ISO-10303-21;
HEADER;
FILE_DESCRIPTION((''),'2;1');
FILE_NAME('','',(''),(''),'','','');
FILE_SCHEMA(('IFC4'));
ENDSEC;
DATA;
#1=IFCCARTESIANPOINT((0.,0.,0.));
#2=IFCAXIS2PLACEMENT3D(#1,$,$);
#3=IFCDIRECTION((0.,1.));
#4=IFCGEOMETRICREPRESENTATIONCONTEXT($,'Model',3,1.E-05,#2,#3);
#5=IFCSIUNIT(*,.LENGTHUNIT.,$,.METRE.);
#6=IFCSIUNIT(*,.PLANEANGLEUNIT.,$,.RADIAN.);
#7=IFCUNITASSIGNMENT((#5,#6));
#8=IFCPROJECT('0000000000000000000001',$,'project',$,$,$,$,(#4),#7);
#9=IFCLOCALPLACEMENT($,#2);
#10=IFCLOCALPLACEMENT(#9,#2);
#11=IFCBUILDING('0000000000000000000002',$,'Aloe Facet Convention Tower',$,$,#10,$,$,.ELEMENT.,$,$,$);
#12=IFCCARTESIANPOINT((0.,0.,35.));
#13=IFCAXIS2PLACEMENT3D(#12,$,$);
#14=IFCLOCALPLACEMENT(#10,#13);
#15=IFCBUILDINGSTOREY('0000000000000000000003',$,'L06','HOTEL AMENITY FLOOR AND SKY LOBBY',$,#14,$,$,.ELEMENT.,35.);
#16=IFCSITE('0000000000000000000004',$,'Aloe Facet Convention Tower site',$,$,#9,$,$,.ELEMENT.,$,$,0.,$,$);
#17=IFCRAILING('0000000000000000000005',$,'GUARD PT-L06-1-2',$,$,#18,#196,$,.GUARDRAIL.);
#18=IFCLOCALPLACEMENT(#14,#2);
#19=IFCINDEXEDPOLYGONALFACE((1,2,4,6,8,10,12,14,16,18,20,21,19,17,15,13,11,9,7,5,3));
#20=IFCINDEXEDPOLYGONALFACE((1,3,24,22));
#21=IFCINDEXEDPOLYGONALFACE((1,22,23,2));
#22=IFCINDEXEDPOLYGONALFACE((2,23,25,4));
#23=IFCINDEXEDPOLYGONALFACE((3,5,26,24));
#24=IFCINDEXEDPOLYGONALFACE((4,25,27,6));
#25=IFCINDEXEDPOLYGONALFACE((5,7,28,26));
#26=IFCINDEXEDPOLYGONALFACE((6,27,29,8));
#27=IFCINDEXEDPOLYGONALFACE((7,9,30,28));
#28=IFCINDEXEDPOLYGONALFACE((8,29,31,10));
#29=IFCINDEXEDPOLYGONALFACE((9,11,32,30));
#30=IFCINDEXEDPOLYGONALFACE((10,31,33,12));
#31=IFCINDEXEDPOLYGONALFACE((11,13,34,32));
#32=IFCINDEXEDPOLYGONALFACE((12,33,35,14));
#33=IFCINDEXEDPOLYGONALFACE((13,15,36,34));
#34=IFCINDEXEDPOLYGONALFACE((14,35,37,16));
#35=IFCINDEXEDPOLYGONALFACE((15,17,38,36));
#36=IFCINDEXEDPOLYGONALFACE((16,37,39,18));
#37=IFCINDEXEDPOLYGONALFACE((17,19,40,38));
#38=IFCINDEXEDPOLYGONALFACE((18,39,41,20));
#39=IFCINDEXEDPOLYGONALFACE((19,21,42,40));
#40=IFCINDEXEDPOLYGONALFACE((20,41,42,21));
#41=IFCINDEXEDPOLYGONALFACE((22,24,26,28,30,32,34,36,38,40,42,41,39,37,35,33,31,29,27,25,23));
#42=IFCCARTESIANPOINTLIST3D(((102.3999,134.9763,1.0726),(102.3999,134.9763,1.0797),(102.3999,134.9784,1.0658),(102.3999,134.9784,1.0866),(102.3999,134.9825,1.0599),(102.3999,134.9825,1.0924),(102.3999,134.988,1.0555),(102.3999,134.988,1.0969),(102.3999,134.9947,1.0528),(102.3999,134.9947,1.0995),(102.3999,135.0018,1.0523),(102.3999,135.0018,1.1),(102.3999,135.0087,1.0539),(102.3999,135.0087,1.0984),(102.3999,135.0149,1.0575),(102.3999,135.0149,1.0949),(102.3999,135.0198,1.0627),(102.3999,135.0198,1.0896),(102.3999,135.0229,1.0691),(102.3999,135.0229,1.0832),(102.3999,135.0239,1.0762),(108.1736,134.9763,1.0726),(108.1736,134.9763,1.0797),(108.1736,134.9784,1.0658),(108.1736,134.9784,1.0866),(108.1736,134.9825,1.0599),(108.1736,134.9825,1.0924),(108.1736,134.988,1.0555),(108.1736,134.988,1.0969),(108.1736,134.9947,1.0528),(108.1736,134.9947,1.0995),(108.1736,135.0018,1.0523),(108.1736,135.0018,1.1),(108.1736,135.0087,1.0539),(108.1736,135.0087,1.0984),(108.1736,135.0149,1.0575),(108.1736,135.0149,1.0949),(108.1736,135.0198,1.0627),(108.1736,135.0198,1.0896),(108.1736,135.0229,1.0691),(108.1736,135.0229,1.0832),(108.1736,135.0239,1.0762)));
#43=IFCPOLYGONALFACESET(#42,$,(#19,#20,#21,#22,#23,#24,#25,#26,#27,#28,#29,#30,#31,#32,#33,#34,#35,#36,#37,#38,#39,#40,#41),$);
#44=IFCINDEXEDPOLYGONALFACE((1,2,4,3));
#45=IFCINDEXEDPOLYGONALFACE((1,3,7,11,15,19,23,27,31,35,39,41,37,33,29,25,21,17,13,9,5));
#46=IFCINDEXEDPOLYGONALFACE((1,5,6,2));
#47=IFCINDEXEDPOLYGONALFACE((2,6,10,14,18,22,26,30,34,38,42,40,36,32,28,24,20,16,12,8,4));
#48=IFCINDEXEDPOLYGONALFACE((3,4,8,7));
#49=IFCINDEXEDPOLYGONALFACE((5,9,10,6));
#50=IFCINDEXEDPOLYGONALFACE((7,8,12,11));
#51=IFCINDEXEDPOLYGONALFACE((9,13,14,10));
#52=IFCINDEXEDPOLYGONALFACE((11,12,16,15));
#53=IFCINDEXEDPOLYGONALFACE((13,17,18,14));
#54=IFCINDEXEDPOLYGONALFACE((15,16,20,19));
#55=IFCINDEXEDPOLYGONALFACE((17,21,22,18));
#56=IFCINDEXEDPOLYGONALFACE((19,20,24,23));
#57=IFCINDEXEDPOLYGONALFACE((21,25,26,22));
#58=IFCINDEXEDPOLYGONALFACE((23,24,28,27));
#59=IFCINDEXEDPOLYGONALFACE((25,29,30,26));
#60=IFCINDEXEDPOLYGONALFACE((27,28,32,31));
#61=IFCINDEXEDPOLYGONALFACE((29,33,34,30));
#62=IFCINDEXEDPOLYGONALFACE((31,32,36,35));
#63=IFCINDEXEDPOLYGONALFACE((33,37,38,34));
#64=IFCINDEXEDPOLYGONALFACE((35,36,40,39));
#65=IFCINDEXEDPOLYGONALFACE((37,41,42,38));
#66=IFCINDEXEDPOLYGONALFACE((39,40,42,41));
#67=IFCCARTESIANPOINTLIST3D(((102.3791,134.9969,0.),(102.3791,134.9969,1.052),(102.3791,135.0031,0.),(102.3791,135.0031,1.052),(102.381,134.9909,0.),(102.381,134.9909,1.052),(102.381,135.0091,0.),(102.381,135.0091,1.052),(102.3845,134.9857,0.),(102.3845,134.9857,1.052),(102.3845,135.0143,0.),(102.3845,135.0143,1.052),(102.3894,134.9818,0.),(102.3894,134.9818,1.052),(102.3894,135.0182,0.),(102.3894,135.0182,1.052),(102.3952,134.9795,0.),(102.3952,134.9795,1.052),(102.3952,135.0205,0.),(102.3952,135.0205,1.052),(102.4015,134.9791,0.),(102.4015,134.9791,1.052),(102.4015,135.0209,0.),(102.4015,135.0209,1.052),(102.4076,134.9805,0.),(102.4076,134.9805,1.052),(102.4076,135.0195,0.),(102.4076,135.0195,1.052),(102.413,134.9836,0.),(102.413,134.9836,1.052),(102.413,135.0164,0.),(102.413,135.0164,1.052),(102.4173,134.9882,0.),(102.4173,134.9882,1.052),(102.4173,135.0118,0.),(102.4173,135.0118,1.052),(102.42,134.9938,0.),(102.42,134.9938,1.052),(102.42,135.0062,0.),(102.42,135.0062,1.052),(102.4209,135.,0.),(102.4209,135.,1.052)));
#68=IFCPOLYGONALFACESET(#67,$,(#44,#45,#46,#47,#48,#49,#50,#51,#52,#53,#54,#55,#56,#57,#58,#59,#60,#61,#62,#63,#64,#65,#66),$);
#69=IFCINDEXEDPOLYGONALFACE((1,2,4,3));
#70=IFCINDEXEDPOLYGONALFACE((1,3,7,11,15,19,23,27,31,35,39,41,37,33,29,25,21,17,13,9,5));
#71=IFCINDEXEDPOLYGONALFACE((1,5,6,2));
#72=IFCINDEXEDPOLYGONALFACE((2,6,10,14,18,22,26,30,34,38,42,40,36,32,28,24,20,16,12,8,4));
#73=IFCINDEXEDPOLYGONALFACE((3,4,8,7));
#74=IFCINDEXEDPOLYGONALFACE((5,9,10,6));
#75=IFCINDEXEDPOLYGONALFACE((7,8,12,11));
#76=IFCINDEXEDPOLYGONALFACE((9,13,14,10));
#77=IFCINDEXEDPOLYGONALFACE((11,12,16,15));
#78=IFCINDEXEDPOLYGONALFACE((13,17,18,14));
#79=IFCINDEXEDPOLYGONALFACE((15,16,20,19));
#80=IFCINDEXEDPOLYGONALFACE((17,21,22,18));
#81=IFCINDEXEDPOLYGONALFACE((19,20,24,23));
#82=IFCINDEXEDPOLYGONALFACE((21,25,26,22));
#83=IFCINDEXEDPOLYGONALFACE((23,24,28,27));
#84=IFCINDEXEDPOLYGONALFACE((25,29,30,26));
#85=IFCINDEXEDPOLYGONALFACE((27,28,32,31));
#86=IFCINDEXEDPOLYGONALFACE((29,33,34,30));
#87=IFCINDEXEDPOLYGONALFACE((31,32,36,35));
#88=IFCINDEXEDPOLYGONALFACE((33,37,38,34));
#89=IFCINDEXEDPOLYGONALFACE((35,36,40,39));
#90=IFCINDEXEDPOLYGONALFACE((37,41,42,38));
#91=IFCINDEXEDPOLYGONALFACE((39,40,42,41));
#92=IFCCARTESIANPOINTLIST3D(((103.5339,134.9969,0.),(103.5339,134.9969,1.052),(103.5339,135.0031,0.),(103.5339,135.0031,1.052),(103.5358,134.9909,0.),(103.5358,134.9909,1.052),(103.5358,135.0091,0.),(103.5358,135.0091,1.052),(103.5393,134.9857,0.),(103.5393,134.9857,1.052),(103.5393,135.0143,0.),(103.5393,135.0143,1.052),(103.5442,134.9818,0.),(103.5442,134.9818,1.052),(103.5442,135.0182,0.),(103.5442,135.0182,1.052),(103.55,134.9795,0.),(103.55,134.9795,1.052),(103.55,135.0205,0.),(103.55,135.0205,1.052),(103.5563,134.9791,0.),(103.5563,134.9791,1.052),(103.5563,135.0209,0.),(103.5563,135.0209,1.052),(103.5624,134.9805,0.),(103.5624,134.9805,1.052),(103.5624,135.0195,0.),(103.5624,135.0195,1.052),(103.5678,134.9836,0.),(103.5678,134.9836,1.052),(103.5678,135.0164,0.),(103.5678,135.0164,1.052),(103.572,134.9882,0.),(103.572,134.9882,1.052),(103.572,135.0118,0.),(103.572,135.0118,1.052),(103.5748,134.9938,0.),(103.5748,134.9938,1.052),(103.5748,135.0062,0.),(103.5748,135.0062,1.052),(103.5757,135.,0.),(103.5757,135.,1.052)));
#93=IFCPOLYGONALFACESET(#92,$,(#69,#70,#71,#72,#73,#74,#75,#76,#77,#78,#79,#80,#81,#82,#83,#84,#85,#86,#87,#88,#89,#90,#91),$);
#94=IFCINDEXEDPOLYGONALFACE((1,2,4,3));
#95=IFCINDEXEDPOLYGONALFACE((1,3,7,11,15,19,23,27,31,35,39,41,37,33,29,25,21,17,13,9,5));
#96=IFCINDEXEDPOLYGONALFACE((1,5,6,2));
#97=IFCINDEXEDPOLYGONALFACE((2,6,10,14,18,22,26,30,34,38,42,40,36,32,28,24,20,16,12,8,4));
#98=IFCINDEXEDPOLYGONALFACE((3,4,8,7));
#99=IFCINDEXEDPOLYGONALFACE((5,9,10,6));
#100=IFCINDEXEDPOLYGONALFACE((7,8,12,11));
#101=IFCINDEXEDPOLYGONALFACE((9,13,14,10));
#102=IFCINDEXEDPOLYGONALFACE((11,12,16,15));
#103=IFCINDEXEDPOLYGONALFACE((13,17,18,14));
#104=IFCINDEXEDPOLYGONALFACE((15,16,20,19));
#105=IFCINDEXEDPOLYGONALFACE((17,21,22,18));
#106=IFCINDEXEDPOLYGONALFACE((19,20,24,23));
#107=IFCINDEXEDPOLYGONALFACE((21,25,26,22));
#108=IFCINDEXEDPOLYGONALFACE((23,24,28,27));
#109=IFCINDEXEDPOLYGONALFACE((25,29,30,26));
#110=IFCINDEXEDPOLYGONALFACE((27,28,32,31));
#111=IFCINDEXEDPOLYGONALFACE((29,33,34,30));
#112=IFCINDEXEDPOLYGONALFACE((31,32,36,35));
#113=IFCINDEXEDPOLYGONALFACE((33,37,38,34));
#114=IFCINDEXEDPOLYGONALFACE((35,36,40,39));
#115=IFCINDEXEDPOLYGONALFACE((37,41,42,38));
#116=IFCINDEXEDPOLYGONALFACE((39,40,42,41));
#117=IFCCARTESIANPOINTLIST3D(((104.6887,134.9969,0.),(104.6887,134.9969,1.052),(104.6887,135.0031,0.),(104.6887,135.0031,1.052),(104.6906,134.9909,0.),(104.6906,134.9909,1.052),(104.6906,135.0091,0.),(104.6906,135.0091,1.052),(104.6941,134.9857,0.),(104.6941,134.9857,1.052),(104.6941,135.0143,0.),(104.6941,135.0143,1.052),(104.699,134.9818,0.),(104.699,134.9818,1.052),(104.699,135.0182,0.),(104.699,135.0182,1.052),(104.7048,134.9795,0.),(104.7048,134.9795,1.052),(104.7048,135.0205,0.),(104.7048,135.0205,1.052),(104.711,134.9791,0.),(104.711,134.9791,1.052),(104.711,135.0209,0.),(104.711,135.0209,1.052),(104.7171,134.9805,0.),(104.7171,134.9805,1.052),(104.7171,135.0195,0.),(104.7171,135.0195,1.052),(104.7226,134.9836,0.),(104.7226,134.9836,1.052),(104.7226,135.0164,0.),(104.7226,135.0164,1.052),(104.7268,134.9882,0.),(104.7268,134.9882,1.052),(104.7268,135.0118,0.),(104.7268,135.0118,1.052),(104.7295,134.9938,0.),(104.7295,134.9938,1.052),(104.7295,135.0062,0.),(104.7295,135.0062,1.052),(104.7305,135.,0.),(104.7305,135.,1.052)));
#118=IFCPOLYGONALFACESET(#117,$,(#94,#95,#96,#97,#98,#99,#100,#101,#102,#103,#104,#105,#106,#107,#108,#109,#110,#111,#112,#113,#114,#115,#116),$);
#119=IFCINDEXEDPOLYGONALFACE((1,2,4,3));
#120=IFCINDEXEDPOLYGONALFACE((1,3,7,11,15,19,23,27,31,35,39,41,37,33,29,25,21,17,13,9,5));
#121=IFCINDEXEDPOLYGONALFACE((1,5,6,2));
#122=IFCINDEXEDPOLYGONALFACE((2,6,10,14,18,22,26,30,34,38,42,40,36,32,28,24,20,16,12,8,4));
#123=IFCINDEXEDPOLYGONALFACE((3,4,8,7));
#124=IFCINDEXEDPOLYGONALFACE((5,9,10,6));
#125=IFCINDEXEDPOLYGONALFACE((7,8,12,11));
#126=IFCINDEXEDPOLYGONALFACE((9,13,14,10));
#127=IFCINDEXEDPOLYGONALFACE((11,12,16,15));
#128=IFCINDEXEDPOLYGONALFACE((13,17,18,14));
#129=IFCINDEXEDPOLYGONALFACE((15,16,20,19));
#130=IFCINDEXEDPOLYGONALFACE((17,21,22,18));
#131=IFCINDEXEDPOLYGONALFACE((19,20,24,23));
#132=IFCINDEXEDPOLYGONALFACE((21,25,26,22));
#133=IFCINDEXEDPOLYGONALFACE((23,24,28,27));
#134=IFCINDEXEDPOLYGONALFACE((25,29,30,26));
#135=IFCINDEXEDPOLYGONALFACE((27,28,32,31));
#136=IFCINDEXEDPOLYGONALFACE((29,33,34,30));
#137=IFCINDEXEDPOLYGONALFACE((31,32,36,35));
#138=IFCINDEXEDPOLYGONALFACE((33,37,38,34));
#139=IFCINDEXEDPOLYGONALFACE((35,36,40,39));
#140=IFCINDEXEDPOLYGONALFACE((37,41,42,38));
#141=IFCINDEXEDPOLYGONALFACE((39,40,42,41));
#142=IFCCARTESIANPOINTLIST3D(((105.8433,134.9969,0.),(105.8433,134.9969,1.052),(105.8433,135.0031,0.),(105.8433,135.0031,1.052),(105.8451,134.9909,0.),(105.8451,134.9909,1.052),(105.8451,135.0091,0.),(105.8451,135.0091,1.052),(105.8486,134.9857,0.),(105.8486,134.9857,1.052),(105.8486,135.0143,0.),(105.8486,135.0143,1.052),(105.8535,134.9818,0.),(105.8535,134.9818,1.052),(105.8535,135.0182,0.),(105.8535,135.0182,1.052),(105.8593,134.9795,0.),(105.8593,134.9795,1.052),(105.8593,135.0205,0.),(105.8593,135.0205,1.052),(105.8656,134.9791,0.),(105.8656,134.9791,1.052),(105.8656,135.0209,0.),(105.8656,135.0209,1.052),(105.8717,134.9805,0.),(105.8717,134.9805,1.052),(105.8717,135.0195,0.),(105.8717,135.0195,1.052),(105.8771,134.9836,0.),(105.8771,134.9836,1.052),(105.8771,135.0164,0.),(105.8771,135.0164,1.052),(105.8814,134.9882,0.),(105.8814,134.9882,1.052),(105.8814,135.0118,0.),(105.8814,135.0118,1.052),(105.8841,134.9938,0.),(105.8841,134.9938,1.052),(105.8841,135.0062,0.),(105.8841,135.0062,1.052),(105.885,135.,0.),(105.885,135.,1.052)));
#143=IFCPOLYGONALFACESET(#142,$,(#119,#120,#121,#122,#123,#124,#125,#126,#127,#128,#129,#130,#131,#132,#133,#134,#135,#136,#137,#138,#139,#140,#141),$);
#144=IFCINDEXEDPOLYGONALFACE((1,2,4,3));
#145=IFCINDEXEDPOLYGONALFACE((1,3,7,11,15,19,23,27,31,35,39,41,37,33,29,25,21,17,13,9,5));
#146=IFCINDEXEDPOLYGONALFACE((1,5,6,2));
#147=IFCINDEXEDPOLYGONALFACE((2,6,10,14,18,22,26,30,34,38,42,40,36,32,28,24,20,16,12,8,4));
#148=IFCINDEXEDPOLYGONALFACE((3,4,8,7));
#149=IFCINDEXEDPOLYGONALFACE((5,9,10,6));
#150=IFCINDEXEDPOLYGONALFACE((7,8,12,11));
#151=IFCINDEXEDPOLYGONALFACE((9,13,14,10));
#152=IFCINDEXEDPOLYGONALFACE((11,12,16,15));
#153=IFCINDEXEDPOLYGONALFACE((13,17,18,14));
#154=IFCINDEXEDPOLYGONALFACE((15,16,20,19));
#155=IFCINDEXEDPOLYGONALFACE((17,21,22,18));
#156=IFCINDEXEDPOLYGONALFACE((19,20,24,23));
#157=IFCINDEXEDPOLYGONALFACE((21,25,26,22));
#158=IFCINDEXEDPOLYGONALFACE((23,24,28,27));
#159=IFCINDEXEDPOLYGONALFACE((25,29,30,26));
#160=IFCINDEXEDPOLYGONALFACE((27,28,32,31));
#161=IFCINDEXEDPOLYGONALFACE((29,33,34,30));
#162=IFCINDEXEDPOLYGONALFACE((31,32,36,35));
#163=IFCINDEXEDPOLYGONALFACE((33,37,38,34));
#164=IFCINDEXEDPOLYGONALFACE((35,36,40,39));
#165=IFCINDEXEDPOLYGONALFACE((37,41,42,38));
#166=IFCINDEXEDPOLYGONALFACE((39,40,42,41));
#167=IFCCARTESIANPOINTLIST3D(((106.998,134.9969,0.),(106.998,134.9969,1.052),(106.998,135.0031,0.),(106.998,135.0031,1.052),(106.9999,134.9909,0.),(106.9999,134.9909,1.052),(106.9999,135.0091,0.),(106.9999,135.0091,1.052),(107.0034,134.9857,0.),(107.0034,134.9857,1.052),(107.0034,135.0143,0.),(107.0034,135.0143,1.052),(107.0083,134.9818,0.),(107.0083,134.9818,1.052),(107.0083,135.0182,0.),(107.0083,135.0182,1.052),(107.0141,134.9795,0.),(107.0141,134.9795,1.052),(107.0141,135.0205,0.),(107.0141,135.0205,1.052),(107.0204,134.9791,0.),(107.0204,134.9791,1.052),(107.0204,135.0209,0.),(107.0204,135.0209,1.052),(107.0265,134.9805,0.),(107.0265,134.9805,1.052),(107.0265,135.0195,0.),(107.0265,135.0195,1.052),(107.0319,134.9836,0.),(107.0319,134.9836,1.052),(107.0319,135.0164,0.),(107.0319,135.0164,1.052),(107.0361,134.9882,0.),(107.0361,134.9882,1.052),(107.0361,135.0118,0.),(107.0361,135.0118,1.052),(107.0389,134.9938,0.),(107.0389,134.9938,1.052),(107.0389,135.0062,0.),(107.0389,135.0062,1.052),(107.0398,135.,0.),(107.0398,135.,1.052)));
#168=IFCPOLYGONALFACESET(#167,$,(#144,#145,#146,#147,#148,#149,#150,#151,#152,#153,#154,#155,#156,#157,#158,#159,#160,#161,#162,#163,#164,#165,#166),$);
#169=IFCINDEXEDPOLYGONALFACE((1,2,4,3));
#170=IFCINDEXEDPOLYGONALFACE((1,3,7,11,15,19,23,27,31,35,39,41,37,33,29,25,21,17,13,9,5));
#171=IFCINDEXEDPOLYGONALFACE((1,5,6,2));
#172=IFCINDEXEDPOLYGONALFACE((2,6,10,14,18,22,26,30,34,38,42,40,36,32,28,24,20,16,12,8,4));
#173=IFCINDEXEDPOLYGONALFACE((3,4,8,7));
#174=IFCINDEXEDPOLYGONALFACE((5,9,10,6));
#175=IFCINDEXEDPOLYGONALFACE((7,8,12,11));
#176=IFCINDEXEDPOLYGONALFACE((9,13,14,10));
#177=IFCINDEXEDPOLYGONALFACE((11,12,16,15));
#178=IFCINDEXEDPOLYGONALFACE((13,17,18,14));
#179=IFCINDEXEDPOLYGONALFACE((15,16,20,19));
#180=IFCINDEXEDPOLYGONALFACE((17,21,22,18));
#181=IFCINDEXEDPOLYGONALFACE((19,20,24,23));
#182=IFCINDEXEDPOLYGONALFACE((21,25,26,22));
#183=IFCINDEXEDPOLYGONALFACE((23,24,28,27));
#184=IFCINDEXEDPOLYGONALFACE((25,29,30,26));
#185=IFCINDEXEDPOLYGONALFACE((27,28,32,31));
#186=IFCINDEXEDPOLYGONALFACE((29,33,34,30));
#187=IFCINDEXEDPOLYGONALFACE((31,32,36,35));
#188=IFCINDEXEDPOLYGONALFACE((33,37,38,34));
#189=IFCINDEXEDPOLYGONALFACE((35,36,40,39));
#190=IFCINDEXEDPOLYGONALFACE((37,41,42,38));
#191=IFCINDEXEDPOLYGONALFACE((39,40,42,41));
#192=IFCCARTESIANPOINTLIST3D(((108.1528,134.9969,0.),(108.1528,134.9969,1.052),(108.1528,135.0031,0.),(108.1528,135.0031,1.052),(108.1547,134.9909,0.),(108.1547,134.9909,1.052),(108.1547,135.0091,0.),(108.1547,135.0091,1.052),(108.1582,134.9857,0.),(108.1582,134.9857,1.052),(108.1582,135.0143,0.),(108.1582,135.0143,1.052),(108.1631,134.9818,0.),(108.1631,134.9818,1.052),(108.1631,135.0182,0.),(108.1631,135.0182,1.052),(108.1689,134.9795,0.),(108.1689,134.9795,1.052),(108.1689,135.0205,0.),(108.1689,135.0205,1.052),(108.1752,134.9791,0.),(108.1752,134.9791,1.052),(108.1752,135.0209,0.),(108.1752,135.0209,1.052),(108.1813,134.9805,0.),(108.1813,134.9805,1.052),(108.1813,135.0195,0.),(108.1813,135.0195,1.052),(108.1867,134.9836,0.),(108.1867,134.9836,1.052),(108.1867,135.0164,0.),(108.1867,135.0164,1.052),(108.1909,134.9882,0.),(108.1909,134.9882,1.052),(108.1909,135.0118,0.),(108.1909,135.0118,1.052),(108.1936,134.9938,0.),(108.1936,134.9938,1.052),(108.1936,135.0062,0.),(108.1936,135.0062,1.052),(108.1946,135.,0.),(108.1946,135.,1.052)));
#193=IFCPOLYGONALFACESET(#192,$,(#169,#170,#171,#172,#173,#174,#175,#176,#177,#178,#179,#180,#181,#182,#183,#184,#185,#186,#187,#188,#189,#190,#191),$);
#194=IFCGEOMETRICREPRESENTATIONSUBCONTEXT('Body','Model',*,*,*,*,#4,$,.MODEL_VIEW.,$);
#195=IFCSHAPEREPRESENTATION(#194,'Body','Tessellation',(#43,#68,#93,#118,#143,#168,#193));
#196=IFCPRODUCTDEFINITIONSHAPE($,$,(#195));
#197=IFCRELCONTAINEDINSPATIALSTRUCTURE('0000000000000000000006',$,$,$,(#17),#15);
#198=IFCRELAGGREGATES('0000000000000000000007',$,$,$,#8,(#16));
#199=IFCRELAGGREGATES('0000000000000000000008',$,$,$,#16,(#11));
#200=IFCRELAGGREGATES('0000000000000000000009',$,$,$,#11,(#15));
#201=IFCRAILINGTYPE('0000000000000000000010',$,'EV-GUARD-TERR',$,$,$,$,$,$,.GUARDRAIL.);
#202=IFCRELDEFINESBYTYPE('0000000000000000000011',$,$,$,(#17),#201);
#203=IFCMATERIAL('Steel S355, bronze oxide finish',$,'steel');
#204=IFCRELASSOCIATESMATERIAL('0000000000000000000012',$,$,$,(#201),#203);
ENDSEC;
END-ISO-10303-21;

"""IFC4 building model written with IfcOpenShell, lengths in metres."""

from ifc_helpers import new_model, si_unit, direction, frame, origin, origin_2d, place, context, subcontext, project, spatial, circle, extrude, material, type_object, element, save


model = new_model("IFC4")

# Units and contexts
model_context = context("Model", 3, precision=1e-05, world=origin(), true_north=direction((0.0, 1.0)))
body_context = subcontext(model_context, "Body", "Model", "MODEL_VIEW")
ifc_project = project(units=[si_unit("LENGTHUNIT", "METRE"), si_unit("PLANEANGLEUNIT", "RADIAN")], contexts=[model_context])

# Site, building, storey
site_placement = place(None, origin())
site = spatial("IfcSite", under=ifc_project, at=site_placement, Name="Aloe Facet Convention Tower site", CompositionType="ELEMENT", RefElevation=0.0)
building_placement = place(site_placement, origin())
building = spatial("IfcBuilding", under=site, at=building_placement, Name="Aloe Facet Convention Tower", CompositionType="ELEMENT")
storey_placement = place(building_placement, frame((0.0, 0.0, 35.0)))
storey = spatial("IfcBuildingStorey", under=building, at=storey_placement, Name="L06", Description="HOTEL AMENITY FLOOR AND SKY LOBBY", CompositionType="ELEMENT", Elevation=35.0)

# Railing
ifc_material_1 = material(Name="Steel S355, bronze oxide finish", Category="steel")
railing_type = type_object("IfcRailingType", Name="EV-GUARD-TERR", PredefinedType="GUARDRAIL", material=ifc_material_1)
railing_1_placement = place(storey_placement, frame((102.3999, 135.0, 0.0)))
element("IfcRailing", 1, at=railing_1_placement, inside=storey, type_object=railing_type, Name="GUARD PT-L06-1-2", PredefinedType="GUARDRAIL", context=body_context, shape_type="SweptSolid", body=[
    extrude(circle(Radius=0.0239, at=origin_2d()), frame((0.0, 0.0, 1.0762), z_axis=(1.0, 0.0, 0.0), x_axis=(0.0, 1.0, 0.0)), (0.0, 0.0, 1.0), 5.7737),
    extrude(circle(Radius=0.021, at=origin_2d()), origin(), (0.0, 0.0, 1.0), 1.052),
    extrude(circle(Radius=0.021, at=origin_2d()), frame((1.1548, 0.0, 0.0)), (0.0, 0.0, 1.0), 1.052),
    extrude(circle(Radius=0.021, at=origin_2d()), frame((2.3096, 0.0, 0.0)), (0.0, 0.0, 1.0), 1.052),
    extrude(circle(Radius=0.021, at=origin_2d()), frame((3.4641, 0.0, 0.0)), (0.0, 0.0, 1.0), 1.052),
    extrude(circle(Radius=0.021, at=origin_2d()), frame((4.6189, 0.0, 0.0)), (0.0, 0.0, 1.0), 1.052),
    extrude(circle(Radius=0.021, at=origin_2d()), frame((5.7737, 0.0, 0.0)), (0.0, 0.0, 1.0), 1.052),
])

save(model, "model.ifc")
